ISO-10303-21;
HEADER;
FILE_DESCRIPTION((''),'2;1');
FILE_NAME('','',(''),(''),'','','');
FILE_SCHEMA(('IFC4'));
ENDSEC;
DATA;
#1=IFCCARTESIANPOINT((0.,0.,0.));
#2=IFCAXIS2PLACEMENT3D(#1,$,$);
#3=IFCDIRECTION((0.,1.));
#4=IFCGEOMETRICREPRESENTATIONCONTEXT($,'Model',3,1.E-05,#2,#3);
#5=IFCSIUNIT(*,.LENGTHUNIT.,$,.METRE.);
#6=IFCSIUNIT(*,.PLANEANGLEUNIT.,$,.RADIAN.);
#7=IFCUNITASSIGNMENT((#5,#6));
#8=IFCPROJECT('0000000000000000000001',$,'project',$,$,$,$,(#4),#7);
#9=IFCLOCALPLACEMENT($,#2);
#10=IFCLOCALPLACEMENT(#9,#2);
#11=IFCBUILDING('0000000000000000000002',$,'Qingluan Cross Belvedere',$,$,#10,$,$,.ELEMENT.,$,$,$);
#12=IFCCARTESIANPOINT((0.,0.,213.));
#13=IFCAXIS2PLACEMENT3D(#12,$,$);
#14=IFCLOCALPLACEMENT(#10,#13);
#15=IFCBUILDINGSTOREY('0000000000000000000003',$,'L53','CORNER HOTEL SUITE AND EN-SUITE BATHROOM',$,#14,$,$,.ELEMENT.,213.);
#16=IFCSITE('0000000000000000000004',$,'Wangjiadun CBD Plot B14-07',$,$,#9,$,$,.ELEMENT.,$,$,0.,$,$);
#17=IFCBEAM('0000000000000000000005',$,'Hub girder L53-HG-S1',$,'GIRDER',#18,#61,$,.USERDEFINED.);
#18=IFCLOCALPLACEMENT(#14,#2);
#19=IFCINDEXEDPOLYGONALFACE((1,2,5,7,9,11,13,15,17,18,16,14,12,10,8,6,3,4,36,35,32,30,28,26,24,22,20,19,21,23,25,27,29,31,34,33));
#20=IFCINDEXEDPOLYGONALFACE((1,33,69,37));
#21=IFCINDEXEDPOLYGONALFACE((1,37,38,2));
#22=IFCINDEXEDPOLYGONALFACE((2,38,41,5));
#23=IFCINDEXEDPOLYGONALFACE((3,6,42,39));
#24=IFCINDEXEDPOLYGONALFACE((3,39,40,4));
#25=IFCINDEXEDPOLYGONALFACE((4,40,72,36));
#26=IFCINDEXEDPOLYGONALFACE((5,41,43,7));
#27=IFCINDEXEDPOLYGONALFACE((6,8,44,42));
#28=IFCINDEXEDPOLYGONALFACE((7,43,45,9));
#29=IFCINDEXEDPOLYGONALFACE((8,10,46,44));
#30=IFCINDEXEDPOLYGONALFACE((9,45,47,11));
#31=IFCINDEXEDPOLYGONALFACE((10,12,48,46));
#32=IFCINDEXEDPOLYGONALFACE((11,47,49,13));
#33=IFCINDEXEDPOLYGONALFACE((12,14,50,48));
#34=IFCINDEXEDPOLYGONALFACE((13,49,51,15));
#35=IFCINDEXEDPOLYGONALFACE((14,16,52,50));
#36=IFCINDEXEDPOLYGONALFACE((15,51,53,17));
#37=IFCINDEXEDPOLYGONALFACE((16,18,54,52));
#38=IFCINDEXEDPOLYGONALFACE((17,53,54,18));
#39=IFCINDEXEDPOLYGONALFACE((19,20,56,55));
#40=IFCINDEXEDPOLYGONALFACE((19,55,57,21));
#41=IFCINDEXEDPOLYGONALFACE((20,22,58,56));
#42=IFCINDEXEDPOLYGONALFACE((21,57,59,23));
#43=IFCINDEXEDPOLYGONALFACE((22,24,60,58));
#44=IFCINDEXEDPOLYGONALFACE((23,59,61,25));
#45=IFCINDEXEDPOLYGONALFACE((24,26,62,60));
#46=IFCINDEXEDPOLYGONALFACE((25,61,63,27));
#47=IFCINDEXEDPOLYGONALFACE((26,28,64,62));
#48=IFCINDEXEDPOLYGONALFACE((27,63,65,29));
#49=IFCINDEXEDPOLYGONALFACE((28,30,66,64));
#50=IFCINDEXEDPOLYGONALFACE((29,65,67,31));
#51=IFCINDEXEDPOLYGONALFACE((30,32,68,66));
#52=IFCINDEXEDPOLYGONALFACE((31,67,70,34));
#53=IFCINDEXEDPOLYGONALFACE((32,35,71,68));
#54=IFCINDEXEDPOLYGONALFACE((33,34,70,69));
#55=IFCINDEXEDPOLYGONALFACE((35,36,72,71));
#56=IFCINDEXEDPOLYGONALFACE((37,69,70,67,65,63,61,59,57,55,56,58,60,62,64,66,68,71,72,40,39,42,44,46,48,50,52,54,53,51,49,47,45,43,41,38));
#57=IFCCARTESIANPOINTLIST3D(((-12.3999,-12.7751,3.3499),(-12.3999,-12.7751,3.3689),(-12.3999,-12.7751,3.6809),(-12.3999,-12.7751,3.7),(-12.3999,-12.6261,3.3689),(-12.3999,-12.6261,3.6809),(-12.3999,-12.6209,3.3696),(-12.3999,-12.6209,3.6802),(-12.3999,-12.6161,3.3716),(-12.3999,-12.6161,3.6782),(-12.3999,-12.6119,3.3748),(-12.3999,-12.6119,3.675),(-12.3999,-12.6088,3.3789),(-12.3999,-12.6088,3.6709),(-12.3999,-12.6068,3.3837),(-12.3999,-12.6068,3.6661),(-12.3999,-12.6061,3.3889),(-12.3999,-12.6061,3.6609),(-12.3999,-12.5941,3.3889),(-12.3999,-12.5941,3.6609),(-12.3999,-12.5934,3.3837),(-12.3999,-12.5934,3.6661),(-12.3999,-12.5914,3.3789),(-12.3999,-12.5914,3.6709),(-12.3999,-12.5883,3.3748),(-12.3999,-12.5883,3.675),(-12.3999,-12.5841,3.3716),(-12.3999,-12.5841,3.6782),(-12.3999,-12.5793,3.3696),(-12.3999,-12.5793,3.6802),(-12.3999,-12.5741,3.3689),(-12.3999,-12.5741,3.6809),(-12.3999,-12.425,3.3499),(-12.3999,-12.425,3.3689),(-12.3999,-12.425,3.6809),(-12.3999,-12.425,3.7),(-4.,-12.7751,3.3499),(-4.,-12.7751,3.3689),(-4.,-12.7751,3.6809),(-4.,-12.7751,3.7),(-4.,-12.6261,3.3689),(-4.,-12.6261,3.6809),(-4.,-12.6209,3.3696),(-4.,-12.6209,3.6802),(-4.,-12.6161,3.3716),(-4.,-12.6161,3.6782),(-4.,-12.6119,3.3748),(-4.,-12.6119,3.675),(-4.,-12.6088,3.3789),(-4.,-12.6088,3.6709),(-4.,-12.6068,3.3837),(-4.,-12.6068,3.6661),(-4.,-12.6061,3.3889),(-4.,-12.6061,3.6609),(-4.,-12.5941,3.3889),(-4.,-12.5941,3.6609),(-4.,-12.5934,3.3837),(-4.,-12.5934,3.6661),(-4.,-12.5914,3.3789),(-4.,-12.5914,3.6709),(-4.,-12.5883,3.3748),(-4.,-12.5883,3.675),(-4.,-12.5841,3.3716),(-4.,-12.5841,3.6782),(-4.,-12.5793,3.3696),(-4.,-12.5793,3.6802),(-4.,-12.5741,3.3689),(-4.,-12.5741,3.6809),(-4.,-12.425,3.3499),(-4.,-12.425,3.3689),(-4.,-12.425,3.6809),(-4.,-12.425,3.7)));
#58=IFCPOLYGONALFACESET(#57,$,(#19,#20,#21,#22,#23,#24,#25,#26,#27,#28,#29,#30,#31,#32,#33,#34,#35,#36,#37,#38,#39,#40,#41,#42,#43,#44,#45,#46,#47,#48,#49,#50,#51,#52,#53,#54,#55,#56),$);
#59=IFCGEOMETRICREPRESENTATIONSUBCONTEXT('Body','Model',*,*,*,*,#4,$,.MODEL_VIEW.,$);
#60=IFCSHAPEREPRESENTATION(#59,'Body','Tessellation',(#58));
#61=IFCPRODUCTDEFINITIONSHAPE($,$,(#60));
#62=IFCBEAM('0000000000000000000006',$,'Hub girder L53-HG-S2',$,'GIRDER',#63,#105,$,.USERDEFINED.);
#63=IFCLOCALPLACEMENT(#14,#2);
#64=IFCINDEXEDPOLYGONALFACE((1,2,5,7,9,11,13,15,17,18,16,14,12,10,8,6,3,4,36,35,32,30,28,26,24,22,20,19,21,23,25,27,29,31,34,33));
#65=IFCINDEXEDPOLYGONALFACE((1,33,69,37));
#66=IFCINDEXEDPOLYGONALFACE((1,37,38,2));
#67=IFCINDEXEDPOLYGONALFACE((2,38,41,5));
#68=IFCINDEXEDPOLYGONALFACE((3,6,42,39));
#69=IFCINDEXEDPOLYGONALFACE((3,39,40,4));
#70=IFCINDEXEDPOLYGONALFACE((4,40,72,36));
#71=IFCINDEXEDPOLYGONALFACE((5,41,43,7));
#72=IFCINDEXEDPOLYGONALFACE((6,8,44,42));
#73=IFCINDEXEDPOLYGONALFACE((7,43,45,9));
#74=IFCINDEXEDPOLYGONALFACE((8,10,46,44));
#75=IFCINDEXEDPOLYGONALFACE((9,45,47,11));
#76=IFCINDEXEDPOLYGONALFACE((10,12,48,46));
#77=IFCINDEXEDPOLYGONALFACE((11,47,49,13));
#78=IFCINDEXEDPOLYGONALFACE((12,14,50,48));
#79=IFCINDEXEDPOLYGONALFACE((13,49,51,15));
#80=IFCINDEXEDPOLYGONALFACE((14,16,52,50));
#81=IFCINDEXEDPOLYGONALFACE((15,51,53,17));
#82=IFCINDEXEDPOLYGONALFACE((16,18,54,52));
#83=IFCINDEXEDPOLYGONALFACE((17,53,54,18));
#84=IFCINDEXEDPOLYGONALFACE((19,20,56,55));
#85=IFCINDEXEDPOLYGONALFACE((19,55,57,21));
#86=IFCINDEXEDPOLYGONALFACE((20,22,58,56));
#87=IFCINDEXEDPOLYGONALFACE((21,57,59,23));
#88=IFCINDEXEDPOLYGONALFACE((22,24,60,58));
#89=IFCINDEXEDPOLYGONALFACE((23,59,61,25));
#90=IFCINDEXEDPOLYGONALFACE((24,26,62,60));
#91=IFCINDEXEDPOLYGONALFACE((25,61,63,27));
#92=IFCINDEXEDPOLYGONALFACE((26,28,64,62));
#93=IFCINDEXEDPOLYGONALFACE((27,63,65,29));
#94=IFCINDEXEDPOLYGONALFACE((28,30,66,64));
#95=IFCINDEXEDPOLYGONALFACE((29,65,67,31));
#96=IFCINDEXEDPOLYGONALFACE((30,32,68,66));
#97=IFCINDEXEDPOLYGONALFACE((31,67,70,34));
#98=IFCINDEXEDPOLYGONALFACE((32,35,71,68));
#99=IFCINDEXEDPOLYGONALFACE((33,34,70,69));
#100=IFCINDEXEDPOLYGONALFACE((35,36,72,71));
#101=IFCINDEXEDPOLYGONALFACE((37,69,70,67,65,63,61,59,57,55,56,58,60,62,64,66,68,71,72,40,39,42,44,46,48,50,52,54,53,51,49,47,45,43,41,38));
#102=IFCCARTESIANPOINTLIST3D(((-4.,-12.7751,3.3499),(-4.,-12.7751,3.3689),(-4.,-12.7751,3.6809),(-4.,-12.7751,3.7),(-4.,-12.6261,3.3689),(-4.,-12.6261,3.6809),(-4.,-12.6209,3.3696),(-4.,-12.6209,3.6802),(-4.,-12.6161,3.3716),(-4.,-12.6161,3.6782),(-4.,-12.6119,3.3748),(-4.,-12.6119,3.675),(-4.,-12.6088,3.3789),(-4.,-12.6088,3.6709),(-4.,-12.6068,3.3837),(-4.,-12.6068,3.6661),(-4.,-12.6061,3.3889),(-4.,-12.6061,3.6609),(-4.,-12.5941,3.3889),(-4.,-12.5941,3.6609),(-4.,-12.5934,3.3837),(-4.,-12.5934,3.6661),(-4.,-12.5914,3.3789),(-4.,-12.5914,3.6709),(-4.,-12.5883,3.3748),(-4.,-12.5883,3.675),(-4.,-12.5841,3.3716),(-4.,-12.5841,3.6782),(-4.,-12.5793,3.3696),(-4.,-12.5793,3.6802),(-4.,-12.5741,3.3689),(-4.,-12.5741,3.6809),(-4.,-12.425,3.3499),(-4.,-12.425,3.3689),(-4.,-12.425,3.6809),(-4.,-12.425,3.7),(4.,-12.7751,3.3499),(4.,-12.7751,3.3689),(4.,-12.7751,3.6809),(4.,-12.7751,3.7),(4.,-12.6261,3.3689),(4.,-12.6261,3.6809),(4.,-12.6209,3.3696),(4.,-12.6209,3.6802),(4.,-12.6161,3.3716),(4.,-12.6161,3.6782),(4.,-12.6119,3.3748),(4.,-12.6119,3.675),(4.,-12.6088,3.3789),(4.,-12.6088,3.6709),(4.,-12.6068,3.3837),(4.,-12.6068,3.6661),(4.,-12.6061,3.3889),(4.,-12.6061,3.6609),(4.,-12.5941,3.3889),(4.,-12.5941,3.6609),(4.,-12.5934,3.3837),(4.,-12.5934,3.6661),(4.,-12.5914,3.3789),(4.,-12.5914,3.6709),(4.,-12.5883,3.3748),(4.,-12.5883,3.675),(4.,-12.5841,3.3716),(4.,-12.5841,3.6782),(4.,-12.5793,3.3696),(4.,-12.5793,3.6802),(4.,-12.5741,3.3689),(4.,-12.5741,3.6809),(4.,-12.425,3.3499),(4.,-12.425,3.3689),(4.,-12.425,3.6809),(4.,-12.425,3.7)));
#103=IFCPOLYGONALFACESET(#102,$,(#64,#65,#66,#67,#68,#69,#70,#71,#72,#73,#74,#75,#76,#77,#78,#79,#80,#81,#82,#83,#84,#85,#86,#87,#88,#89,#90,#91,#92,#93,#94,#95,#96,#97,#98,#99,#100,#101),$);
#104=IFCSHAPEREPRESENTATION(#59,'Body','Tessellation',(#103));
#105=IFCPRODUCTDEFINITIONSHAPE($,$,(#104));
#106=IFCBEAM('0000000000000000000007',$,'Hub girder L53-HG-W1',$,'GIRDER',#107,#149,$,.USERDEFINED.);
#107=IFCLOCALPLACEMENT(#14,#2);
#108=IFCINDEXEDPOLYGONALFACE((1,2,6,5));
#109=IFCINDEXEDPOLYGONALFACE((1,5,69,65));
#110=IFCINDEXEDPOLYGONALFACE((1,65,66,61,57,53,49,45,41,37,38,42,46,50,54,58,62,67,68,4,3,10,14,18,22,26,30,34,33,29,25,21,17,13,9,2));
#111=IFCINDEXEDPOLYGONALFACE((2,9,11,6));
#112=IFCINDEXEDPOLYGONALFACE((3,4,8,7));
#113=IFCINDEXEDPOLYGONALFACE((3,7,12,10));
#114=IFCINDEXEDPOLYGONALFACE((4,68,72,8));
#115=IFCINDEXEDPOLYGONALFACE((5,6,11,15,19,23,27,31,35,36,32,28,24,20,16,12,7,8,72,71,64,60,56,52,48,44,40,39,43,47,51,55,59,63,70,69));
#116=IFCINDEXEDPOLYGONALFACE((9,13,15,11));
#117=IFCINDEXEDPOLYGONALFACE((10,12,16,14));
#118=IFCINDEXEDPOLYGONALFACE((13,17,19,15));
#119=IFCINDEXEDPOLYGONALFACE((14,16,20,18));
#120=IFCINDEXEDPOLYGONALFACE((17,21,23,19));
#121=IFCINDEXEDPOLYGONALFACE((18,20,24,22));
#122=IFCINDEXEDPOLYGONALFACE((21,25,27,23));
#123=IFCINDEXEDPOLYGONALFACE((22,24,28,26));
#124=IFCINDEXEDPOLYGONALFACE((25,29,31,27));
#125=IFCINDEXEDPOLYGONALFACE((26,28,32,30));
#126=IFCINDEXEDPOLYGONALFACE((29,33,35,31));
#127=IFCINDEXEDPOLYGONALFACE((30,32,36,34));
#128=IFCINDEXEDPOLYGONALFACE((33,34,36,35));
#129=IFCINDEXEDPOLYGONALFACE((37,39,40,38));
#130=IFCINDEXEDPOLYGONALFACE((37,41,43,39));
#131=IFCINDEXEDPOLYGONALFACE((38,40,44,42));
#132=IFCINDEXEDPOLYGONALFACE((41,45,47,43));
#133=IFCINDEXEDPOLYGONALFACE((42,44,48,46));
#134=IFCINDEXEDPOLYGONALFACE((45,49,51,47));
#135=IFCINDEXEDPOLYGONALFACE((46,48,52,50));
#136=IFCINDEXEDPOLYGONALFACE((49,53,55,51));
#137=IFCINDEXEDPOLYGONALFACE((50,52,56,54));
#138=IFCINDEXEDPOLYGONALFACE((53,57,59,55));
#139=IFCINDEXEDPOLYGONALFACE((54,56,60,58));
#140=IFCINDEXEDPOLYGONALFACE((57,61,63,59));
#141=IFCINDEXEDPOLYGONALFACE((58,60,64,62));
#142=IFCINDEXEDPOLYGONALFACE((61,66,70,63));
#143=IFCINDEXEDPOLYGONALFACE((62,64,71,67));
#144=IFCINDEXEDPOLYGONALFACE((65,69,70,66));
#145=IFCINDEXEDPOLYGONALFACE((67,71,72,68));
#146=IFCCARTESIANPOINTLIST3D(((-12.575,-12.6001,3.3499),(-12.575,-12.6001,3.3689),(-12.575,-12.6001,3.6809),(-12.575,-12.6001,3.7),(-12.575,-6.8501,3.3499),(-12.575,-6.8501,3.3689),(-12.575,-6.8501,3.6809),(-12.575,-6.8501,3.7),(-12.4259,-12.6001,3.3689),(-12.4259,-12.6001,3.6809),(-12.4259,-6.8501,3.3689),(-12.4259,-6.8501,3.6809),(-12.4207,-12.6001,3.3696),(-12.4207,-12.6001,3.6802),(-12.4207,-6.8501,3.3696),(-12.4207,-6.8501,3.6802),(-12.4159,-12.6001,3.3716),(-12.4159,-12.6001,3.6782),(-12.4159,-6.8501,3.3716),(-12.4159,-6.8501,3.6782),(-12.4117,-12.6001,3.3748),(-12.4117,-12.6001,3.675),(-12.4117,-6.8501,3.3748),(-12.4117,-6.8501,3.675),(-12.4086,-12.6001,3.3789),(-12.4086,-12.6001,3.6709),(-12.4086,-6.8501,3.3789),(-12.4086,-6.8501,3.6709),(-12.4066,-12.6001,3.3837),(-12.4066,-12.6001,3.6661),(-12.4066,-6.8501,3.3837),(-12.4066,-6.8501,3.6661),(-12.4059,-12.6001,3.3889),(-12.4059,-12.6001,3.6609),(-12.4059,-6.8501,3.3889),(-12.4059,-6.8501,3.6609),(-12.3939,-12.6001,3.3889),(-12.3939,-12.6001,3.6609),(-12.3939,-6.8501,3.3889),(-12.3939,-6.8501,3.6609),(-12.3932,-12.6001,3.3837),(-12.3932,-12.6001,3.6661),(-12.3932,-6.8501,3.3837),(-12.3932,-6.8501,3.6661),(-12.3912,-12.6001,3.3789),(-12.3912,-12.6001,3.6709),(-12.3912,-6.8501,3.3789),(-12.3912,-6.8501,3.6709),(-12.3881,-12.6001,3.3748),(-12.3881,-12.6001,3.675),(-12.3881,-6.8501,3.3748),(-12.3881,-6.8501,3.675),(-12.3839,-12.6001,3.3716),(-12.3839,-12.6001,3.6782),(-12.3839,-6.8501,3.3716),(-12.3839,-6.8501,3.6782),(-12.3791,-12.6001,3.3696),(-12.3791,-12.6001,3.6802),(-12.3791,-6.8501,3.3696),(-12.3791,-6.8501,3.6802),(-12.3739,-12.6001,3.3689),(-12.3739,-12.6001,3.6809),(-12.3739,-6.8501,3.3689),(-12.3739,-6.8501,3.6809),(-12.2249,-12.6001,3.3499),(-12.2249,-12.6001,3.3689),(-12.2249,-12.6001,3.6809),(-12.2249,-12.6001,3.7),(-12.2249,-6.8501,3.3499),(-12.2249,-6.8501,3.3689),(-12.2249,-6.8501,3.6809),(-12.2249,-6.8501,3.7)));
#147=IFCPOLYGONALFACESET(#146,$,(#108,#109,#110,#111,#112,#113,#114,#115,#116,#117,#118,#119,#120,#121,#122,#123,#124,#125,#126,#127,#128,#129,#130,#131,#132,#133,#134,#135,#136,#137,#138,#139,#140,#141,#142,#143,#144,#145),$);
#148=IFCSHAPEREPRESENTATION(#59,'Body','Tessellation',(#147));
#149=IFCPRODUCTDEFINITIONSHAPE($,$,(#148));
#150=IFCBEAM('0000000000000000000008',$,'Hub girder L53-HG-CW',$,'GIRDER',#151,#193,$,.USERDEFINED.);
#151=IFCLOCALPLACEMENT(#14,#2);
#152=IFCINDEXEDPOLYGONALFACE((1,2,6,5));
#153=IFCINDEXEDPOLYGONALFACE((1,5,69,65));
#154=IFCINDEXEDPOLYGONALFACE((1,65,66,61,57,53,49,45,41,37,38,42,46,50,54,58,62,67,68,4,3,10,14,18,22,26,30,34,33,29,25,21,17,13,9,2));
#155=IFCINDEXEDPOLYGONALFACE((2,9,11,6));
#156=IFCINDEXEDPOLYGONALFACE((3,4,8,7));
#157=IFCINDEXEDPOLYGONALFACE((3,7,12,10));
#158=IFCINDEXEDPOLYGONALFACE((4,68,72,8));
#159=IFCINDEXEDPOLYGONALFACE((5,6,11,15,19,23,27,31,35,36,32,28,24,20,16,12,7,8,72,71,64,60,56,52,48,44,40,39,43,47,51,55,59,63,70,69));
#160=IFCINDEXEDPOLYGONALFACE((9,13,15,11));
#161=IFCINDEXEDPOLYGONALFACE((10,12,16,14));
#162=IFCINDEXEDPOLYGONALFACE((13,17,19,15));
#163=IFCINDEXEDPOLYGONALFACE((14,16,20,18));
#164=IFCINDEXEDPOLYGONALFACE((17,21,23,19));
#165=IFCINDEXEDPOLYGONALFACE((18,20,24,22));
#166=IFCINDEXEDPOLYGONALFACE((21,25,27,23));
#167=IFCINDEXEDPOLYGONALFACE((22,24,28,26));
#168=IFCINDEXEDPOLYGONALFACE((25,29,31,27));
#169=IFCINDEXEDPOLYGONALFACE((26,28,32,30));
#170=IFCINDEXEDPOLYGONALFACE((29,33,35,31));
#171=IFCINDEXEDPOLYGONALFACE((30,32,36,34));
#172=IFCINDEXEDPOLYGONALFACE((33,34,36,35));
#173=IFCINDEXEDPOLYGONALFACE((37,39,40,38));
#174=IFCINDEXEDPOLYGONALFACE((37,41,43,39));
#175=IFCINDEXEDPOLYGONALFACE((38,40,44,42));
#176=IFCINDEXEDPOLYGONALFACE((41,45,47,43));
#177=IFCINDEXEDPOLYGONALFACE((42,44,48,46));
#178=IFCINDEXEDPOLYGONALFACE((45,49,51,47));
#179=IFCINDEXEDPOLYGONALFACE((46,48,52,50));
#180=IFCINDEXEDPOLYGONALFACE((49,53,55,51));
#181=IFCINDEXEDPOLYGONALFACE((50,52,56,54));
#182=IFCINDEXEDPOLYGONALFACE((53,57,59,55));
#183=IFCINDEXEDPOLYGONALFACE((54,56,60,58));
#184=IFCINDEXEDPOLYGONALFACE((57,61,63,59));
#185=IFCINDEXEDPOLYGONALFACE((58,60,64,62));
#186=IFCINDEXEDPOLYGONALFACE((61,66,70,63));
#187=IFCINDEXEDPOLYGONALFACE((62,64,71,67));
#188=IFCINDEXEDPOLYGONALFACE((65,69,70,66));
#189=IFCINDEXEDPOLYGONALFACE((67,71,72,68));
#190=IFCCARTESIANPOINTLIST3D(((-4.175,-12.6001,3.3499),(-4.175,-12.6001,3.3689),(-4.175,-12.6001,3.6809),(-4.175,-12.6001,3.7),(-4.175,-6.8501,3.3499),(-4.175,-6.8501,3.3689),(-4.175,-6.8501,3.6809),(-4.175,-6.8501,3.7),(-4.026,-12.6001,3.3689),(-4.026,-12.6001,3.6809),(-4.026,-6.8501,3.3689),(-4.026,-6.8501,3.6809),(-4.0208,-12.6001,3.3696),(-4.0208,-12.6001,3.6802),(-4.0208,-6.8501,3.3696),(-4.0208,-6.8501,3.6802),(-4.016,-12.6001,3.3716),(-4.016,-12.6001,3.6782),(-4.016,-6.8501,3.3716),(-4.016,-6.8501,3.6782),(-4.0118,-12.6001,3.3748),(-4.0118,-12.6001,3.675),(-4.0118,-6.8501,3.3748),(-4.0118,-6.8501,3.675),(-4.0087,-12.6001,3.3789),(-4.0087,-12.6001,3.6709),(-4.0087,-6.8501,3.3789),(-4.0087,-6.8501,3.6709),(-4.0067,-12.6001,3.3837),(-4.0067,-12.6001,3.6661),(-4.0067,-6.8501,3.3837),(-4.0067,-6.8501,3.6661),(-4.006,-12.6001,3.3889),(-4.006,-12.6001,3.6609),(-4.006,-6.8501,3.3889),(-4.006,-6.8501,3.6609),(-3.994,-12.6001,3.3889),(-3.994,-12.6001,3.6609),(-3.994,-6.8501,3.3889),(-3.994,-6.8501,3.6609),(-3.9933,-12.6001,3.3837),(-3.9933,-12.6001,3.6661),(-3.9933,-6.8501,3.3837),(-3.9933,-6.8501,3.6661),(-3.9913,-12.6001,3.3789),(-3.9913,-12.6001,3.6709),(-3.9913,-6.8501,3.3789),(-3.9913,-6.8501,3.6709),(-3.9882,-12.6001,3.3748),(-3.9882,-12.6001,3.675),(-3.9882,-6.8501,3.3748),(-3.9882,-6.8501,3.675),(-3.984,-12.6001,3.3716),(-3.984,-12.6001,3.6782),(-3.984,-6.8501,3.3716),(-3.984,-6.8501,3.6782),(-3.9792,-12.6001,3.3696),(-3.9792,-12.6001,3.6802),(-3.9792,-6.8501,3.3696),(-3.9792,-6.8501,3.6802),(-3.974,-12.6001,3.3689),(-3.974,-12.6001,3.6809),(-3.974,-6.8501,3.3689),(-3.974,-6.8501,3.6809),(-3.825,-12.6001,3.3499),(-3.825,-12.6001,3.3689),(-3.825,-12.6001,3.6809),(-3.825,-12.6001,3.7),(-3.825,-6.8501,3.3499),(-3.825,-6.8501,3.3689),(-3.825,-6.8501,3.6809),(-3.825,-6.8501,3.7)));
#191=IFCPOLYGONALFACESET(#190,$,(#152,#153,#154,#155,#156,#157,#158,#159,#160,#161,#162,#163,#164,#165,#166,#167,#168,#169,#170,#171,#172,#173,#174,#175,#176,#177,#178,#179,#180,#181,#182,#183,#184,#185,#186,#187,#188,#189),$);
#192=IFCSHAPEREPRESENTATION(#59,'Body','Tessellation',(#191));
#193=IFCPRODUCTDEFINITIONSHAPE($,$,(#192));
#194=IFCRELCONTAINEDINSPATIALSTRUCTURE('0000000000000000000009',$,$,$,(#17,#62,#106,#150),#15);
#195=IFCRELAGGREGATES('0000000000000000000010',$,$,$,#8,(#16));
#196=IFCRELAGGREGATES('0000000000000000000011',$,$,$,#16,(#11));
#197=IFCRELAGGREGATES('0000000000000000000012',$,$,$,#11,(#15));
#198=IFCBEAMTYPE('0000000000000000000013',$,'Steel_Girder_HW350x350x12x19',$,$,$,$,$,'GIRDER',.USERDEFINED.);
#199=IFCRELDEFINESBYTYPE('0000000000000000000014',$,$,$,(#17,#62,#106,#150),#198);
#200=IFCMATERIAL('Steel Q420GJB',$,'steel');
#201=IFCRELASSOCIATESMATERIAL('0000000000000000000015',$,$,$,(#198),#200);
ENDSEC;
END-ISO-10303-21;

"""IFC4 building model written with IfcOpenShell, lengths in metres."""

from ifc_helpers import new_model, si_unit, direction, frame, origin, origin_2d, place, context, subcontext, project, spatial, i_section, extrude, material, material_profile, profile_set, type_object, element, save


model = new_model("IFC4")

# Units and contexts
model_context = context("Model", 3, precision=1e-05, world=origin(), true_north=direction((0.0, 1.0)))
body_context = subcontext(model_context, "Body", "Model", "MODEL_VIEW")
ifc_project = project(units=[si_unit("LENGTHUNIT", "METRE"), si_unit("PLANEANGLEUNIT", "RADIAN")], contexts=[model_context])

# Site, building, storey
site_placement = place(None, origin())
site = spatial("IfcSite", under=ifc_project, at=site_placement, Name="Wangjiadun CBD Plot B14-07", CompositionType="ELEMENT", RefElevation=0.0)
building_placement = place(site_placement, origin())
building = spatial("IfcBuilding", under=site, at=building_placement, Name="Qingluan Cross Belvedere", CompositionType="ELEMENT")
storey_placement = place(building_placement, frame((0.0, 0.0, 213.0)))
storey = spatial("IfcBuildingStorey", under=building, at=storey_placement, Name="L53", Description="CORNER HOTEL SUITE AND EN-SUITE BATHROOM", CompositionType="ELEMENT", Elevation=213.0)

# Beams
ifc_material_1 = material(Name="Steel Q420GJB", Category="steel")
ifc_material_profile_1 = material_profile(ifc_material_1, i_section(OverallWidth=0.3501, OverallDepth=0.3501, WebThickness=0.012, FlangeThickness=0.019, FilletRadius=0.02, at=origin_2d()), Name="HW350x350x12x19")
ifc_profile_set_1 = profile_set([ifc_material_profile_1], Name="Steel Q420GJB")
beam_type_1 = type_object("IfcBeamType", Name="Steel_Girder_HW350x350x12x19", ElementType="GIRDER", PredefinedType="USERDEFINED", material=ifc_profile_set_1)
beam_1_placement = place(storey_placement, frame((-12.3999, -12.6001, 3.5249), z_axis=(1.0, 0.0, 0.0), x_axis=(0.0, 1.0, 0.0)))
element("IfcBeam", 1, at=beam_1_placement, inside=storey, type_object=beam_type_1, Name="Hub girder L53-HG-S1", ObjectType="GIRDER", PredefinedType="USERDEFINED", context=body_context, shape_type="SweptSolid", body=[
    extrude(i_section(OverallWidth=0.3501, OverallDepth=0.3501, WebThickness=0.012, FlangeThickness=0.019, FilletRadius=0.02, at=origin_2d()), origin(), (0.0, 0.0, 1.0), 8.3999),
])
beam_2_placement = place(storey_placement, frame((-4.0, -12.6001, 3.5249), z_axis=(1.0, 0.0, 0.0), x_axis=(0.0, 1.0, 0.0)))
element("IfcBeam", 2, at=beam_2_placement, inside=storey, type_object=beam_type_1, Name="Hub girder L53-HG-S2", ObjectType="GIRDER", PredefinedType="USERDEFINED", context=body_context, shape_type="SweptSolid", body=[
    extrude(i_section(OverallWidth=0.3501, OverallDepth=0.3501, WebThickness=0.012, FlangeThickness=0.019, FilletRadius=0.02, at=origin_2d()), origin(), (0.0, 0.0, 1.0), 8.0),
])
for number, where, z_axis, x_axis, name in (
    (3, (-12.3999, -12.6001, 3.5249), (0.0, 1.0, 0.0), (-1.0, 0.0, 0.0), "Hub girder L53-HG-W1"),
    (4, (-4.0, -12.6001, 3.5249), (0.0, 1.0, 0.0), (-1.0, 0.0, 0.0), "Hub girder L53-HG-CW"),
):
    element("IfcBeam", number, at=place(storey_placement, frame(where, z_axis=z_axis, x_axis=x_axis)), inside=storey, type_object=beam_type_1, Name=name, ObjectType="GIRDER", PredefinedType="USERDEFINED", context=body_context, shape_type="SweptSolid", body=[
        extrude(i_section(OverallWidth=0.3501, OverallDepth=0.3501, WebThickness=0.012, FlangeThickness=0.019, FilletRadius=0.02, at=origin_2d()), origin(), (0.0, 0.0, 1.0), 5.75),
    ])

save(model, "model.ifc")
